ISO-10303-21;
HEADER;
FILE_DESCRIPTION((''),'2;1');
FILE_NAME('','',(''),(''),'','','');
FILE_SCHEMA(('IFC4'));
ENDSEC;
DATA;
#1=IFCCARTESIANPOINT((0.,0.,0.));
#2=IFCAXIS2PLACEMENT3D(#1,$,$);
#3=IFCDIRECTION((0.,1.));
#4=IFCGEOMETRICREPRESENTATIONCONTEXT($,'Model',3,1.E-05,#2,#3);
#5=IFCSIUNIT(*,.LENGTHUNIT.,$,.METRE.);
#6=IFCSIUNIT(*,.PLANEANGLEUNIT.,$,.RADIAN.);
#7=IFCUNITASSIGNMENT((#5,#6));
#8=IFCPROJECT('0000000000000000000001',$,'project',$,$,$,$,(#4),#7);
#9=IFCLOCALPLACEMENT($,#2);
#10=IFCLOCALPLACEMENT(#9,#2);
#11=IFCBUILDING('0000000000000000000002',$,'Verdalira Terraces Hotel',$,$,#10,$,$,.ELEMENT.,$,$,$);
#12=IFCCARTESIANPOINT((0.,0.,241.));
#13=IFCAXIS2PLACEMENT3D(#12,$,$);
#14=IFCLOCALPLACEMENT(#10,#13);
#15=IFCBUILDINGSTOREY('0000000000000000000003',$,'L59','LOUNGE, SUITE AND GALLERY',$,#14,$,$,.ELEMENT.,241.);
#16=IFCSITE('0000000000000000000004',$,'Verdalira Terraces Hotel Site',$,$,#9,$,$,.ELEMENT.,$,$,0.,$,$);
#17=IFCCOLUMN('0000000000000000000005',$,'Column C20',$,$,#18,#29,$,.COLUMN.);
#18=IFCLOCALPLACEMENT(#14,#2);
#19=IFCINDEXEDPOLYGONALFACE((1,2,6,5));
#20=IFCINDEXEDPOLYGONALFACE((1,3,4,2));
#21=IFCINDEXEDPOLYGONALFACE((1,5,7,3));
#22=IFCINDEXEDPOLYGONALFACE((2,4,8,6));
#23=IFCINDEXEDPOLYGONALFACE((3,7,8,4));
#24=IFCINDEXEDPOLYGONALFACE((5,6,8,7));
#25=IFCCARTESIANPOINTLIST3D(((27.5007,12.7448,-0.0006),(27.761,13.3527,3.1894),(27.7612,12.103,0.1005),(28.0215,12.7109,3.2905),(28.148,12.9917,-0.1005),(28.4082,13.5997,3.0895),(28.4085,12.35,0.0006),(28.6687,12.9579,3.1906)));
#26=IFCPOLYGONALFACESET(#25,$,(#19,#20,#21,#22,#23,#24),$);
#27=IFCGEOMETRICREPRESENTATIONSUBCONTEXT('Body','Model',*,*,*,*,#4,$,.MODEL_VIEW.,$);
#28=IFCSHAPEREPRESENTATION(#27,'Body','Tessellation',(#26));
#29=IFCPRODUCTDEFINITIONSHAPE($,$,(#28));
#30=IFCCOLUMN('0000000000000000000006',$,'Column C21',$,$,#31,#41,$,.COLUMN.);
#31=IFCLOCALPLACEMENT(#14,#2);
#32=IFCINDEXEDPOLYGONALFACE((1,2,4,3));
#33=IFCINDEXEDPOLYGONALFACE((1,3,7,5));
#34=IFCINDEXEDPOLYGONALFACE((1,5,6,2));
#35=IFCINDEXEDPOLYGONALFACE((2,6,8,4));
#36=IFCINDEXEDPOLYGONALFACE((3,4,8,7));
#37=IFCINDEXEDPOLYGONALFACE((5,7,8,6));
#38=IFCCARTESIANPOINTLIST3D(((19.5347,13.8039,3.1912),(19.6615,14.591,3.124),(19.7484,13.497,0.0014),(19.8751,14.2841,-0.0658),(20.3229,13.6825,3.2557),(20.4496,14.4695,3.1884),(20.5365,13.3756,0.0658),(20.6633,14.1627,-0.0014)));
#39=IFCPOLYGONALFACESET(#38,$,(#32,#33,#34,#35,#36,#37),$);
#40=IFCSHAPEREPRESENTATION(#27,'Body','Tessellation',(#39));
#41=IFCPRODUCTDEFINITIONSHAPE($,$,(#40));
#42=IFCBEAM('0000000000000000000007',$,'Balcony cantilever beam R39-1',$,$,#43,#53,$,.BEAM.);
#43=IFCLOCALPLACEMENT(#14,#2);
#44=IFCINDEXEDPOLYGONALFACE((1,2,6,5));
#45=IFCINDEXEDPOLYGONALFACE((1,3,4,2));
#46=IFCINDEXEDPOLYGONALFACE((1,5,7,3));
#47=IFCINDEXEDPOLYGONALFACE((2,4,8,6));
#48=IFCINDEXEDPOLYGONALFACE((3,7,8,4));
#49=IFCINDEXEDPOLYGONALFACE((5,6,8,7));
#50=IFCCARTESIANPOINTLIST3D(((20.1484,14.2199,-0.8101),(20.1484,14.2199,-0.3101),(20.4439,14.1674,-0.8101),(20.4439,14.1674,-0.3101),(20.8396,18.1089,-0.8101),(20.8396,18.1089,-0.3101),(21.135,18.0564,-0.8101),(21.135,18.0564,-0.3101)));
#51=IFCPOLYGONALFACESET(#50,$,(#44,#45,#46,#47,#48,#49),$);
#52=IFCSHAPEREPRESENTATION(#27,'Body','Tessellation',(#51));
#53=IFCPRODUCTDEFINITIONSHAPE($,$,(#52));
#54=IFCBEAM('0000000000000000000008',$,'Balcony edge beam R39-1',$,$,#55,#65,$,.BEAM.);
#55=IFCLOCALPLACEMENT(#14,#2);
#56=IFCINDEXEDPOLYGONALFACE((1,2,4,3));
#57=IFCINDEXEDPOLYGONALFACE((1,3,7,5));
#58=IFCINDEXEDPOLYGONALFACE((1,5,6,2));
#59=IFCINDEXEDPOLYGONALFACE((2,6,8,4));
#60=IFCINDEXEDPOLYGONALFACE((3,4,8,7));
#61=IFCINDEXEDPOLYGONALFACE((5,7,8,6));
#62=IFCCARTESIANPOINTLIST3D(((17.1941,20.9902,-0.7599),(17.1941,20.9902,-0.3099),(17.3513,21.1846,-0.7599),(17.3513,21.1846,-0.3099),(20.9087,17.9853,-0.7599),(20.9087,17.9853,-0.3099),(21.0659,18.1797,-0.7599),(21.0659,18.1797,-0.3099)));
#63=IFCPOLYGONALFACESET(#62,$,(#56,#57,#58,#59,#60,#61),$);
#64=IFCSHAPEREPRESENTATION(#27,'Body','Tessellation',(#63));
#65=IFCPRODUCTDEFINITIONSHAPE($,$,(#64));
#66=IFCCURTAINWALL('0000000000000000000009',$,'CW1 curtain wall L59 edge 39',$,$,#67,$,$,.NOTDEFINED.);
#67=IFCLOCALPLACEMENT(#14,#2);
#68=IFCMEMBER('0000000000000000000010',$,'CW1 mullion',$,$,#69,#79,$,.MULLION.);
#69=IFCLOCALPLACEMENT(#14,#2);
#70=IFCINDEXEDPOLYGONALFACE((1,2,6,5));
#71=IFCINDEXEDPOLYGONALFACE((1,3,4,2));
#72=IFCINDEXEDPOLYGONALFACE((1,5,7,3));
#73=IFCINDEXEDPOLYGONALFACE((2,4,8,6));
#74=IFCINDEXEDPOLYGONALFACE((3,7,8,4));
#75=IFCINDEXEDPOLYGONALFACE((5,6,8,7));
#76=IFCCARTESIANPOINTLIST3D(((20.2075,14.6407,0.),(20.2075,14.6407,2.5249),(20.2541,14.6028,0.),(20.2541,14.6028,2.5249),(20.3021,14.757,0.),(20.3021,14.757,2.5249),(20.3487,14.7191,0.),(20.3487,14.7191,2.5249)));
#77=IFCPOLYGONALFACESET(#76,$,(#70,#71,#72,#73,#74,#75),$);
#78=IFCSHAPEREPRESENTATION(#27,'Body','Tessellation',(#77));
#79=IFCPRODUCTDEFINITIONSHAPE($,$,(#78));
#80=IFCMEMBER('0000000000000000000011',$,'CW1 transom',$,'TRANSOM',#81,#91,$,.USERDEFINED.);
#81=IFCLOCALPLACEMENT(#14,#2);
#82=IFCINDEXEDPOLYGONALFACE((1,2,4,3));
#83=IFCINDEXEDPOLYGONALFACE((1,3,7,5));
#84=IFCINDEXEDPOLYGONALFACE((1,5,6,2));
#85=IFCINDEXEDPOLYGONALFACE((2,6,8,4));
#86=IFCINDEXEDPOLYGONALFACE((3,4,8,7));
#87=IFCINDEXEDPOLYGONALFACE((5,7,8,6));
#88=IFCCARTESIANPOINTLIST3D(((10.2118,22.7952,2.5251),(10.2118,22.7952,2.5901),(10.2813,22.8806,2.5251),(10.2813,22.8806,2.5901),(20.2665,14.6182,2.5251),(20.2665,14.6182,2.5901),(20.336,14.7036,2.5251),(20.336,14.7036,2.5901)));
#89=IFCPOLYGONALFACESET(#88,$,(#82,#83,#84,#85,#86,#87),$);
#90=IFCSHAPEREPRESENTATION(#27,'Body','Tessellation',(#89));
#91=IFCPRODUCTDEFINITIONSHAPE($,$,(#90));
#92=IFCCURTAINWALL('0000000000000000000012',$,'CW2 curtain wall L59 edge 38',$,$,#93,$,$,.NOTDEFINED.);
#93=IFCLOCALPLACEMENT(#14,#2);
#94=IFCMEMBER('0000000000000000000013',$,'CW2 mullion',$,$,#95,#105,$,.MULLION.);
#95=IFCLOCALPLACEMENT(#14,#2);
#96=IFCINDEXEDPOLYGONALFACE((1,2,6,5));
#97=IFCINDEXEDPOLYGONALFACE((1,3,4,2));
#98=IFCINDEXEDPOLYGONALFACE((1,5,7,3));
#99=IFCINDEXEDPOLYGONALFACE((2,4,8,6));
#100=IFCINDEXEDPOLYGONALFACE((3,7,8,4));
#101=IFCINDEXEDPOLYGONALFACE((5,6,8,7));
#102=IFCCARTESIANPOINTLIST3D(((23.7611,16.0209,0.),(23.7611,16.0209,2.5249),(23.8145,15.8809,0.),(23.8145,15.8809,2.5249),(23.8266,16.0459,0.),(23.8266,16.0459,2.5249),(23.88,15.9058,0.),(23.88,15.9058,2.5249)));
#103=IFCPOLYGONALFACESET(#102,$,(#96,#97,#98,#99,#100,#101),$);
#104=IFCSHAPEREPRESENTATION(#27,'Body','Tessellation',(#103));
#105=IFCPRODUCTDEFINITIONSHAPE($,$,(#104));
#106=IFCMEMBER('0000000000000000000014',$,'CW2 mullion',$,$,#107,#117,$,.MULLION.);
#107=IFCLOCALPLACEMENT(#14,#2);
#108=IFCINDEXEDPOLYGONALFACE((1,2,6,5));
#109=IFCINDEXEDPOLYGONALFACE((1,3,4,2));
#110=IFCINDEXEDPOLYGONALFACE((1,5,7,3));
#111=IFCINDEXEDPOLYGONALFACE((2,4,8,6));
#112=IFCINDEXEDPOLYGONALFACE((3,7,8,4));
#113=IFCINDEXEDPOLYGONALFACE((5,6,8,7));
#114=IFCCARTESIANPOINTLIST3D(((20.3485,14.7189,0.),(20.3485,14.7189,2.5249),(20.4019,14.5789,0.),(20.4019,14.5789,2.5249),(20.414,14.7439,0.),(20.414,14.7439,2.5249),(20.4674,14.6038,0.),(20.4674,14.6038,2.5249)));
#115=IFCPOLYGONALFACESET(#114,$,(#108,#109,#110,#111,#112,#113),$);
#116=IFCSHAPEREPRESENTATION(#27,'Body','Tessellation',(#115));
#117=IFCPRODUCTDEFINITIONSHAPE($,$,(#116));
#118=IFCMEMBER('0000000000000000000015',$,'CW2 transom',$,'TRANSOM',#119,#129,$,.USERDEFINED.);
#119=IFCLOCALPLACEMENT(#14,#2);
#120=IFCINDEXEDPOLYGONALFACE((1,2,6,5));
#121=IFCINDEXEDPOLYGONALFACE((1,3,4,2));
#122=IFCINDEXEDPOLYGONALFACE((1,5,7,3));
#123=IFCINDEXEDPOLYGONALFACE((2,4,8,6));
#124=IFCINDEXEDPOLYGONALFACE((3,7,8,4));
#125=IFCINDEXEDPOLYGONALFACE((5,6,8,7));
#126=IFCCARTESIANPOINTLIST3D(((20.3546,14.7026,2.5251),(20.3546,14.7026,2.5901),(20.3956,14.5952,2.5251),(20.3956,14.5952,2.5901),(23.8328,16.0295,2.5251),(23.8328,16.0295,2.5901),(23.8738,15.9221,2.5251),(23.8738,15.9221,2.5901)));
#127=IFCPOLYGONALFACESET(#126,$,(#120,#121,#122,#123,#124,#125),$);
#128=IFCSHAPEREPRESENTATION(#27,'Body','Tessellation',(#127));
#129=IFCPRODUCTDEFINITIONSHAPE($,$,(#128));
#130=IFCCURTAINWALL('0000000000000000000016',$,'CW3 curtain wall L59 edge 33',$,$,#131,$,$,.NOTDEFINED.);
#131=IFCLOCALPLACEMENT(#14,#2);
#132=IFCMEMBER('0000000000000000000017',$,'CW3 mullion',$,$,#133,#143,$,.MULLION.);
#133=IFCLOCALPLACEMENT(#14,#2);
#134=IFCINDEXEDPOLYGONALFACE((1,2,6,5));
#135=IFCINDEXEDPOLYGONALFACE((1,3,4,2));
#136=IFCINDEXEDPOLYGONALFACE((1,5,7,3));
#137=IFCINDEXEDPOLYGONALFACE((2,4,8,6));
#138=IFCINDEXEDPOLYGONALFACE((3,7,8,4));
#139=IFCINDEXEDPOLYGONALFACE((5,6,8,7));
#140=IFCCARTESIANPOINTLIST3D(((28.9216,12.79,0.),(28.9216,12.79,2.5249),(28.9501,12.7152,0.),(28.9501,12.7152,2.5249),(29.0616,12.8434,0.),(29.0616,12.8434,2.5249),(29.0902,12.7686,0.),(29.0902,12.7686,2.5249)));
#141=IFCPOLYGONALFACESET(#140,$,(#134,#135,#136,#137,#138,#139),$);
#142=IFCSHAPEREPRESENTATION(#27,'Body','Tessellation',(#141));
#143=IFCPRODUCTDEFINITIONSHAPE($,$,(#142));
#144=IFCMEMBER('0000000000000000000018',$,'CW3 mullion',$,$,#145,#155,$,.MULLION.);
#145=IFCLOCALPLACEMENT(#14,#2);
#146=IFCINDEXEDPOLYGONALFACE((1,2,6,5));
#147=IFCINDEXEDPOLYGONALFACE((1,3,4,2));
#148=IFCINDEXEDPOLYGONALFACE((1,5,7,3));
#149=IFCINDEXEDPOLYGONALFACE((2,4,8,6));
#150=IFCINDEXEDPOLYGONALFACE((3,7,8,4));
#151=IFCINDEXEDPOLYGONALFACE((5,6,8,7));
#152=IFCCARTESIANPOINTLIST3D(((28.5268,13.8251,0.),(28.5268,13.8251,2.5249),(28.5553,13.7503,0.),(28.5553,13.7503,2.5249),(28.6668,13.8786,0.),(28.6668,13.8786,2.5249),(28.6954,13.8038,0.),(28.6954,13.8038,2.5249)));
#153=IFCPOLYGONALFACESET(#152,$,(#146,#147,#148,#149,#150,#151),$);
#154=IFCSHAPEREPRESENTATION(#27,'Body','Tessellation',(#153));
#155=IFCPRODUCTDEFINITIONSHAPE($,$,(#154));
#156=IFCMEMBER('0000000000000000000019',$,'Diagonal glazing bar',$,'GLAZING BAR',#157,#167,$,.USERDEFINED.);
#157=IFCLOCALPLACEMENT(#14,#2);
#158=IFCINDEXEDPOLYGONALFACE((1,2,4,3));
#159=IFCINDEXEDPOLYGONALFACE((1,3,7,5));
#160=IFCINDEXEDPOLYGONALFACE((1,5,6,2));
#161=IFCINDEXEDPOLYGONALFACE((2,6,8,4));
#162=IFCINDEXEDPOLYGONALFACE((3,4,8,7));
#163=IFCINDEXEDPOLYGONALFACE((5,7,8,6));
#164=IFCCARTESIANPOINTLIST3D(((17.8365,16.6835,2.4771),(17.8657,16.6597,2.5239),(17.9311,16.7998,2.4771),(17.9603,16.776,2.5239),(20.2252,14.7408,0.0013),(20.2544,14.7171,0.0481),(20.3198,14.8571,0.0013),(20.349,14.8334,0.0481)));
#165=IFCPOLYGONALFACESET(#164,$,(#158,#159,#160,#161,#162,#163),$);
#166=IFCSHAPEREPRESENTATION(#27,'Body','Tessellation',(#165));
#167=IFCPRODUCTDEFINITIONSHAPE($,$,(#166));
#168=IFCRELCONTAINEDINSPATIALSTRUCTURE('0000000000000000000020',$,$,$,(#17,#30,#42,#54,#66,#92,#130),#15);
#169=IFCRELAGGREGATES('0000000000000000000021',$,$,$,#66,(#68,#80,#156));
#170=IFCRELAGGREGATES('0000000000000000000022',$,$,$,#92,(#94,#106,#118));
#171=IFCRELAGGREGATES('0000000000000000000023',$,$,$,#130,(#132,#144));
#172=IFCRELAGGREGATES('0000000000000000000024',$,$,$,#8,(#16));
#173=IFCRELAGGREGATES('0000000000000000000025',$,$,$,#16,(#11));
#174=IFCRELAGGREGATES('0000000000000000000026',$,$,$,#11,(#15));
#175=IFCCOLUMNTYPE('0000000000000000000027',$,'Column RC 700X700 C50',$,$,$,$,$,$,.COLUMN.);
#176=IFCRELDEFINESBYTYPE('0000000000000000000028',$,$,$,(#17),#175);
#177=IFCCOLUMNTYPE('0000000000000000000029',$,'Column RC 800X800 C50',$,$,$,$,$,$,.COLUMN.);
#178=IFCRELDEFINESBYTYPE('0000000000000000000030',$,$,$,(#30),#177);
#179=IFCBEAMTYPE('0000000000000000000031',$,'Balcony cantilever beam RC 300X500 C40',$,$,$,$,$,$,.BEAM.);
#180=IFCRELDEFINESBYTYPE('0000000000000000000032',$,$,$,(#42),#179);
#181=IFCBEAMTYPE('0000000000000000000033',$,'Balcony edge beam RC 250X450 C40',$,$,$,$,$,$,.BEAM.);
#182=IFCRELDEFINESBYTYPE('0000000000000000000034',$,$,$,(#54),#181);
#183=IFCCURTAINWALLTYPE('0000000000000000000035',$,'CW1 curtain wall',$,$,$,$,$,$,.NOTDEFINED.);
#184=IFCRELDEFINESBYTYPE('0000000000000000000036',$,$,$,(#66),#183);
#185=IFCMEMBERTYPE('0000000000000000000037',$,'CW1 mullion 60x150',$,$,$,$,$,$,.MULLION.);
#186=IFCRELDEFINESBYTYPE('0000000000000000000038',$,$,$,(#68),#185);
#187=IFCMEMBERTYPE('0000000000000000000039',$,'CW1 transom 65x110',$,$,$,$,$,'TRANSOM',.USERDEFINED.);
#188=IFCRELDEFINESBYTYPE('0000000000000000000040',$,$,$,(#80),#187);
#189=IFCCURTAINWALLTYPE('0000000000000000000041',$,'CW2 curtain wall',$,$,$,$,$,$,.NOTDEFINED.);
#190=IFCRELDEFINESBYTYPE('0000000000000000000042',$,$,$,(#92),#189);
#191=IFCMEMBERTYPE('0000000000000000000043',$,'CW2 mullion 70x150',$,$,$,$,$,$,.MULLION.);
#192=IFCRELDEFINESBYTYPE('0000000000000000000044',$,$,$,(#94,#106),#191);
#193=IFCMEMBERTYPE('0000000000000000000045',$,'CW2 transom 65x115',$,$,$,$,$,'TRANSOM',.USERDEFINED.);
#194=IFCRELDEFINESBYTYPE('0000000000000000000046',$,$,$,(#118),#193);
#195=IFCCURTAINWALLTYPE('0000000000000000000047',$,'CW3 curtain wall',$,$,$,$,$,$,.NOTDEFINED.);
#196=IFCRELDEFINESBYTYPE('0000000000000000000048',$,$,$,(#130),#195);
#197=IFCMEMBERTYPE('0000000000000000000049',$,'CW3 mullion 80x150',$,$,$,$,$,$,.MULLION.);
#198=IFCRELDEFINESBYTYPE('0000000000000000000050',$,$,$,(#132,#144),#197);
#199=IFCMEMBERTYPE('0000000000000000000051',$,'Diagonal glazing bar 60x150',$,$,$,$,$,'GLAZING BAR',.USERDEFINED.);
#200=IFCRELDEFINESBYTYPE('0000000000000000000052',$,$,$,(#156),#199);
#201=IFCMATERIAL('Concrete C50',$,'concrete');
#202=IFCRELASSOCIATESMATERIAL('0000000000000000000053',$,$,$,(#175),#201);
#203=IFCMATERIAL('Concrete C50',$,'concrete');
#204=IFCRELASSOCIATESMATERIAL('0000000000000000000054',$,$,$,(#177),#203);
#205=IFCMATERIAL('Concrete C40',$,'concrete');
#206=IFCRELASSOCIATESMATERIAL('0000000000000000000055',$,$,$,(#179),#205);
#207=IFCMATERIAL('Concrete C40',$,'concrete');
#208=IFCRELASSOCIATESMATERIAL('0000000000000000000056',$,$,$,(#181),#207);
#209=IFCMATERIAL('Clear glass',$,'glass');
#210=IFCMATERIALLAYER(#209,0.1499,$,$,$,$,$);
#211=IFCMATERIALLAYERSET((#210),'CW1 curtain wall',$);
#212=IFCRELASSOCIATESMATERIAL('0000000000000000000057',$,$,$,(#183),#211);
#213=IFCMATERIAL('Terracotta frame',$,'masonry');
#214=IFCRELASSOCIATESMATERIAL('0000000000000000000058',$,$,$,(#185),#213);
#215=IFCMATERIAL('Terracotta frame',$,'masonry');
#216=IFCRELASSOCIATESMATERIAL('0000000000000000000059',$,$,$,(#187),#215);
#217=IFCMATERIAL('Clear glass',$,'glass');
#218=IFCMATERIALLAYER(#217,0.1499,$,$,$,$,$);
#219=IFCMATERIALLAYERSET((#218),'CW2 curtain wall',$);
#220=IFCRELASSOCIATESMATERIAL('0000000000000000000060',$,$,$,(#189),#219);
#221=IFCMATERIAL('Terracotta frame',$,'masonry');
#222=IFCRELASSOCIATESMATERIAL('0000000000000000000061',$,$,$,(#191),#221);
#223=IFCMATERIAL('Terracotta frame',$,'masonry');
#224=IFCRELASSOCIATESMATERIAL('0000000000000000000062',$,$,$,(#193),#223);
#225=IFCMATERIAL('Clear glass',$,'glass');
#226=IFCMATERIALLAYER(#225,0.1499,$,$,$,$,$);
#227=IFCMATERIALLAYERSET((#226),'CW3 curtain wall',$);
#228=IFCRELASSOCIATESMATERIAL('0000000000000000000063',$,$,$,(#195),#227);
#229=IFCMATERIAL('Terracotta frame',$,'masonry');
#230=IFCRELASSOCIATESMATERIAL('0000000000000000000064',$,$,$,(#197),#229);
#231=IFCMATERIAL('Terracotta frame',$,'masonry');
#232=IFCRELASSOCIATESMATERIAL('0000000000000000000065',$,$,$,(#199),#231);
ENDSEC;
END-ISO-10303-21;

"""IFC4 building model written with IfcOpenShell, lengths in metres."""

from ifc_helpers import new_model, si_unit, direction, frame, origin, origin_2d, place, context, subcontext, project, spatial, rectangle, extrude, material, layer, layer_set, material_profile, profile_set, type_object, element, aggregate, save


model = new_model("IFC4")

# Units and contexts
model_context = context("Model", 3, precision=1e-05, world=origin(), true_north=direction((0.0, 1.0)))
body_context = subcontext(model_context, "Body", "Model", "MODEL_VIEW")
ifc_project = project(units=[si_unit("LENGTHUNIT", "METRE"), si_unit("PLANEANGLEUNIT", "RADIAN")], contexts=[model_context])

# Site, building, storey
site_placement = place(None, origin())
site = spatial("IfcSite", under=ifc_project, at=site_placement, Name="Verdalira Terraces Hotel Site", CompositionType="ELEMENT", RefElevation=0.0)
building_placement = place(site_placement, origin())
building = spatial("IfcBuilding", under=site, at=building_placement, Name="Verdalira Terraces Hotel", CompositionType="ELEMENT")
storey_placement = place(building_placement, frame((0.0, 0.0, 241.0)))
storey = spatial("IfcBuildingStorey", under=building, at=storey_placement, Name="L59", Description="LOUNGE, SUITE AND GALLERY", CompositionType="ELEMENT", Elevation=241.0)

# Columns
ifc_material_1 = material(Name="Concrete C50", Category="concrete")
ifc_material_profile_1 = material_profile(ifc_material_1, rectangle(XDim=0.7, YDim=0.7, at=origin_2d()), Name="RC 700X700")
ifc_profile_set_1 = profile_set([ifc_material_profile_1], Name="Concrete C50")
column_type_1 = type_object("IfcColumnType", Name="Column RC 700X700 C50", PredefinedType="COLUMN", material=ifc_profile_set_1)
column_1_placement = place(storey_placement, frame((27.9546, 12.5474, 0.0), z_axis=(0.079887, 0.186604, 0.979182), x_axis=(-0.372145, 0.916878, -0.144369)))
element("IfcColumn", 1, at=column_1_placement, inside=storey, type_object=column_type_1, Name="Column C20", PredefinedType="COLUMN", context=body_context, shape_type="SweptSolid", body=[
    extrude(rectangle(XDim=0.7, YDim=0.7, at=origin_2d()), origin(), (0.0, 0.0, 1.0), 3.2578),
])
ifc_material_2 = material(Name="Concrete C50", Category="concrete")
ifc_material_profile_2 = material_profile(ifc_material_2, rectangle(XDim=0.8, YDim=0.8, at=origin_2d()), Name="RC 800X800")
ifc_profile_set_2 = profile_set([ifc_material_profile_2], Name="Concrete C50")
column_type_2 = type_object("IfcColumnType", Name="Column RC 800X800 C50", PredefinedType="COLUMN", material=ifc_profile_set_2)
column_2_placement = place(storey_placement, frame((20.2058, 13.8298, 0.0), z_axis=(-0.066512, 0.09555, 0.9932), x_axis=(0.985129, -0.151752, 0.080571)))
element("IfcColumn", 2, at=column_2_placement, inside=storey, type_object=column_type_2, Name="Column C21", PredefinedType="COLUMN", context=body_context, shape_type="SweptSolid", body=[
    extrude(rectangle(XDim=0.8, YDim=0.8, at=origin_2d()), origin(), (0.0, 0.0, 1.0), 3.2117),
])

# Beams
ifc_material_3 = material(Name="Concrete C40", Category="concrete")
ifc_material_profile_3 = material_profile(ifc_material_3, rectangle(XDim=0.3, YDim=0.5, at=origin_2d()), Name="RC 300X500")
ifc_profile_set_3 = profile_set([ifc_material_profile_3], Name="Concrete C40")
beam_type_1 = type_object("IfcBeamType", Name="Balcony cantilever beam RC 300X500 C40", PredefinedType="BEAM", material=ifc_profile_set_3)
beam_1_placement = place(storey_placement, frame((20.2961, 14.1936, -0.5601), z_axis=(0.174984, 0.984571, 0.0), x_axis=(-0.984571, 0.174984, 0.0)))
element("IfcBeam", 3, at=beam_1_placement, inside=storey, type_object=beam_type_1, Name="Balcony cantilever beam R39-1", PredefinedType="BEAM", context=body_context, shape_type="SweptSolid", body=[
    extrude(rectangle(XDim=0.3, YDim=0.5, at=origin_2d()), origin(), (0.0, 0.0, 1.0), 3.95),
])
ifc_material_4 = material(Name="Concrete C40", Category="concrete")
ifc_material_profile_4 = material_profile(ifc_material_4, rectangle(XDim=0.25, YDim=0.45, at=origin_2d()), Name="RC 250X450")
ifc_profile_set_4 = profile_set([ifc_material_profile_4], Name="Concrete C40")
beam_type_2 = type_object("IfcBeamType", Name="Balcony edge beam RC 250X450 C40", PredefinedType="BEAM", material=ifc_profile_set_4)
beam_2_placement = place(storey_placement, frame((20.9873, 18.0825, -0.5349), z_axis=(-0.777467, 0.628923, 0.0), x_axis=(-0.628923, -0.777467, 0.0)))
element("IfcBeam", 4, at=beam_2_placement, inside=storey, type_object=beam_type_2, Name="Balcony edge beam R39-1", PredefinedType="BEAM", context=body_context, shape_type="SweptSolid", body=[
    extrude(rectangle(XDim=0.25, YDim=0.45, at=origin_2d()), origin(), (0.0, 0.0, 1.0), 4.7778),
])

# Curtain walls, members
ifc_material_5 = material(Name="Clear glass", Category="glass")
ifc_layer_1 = layer(ifc_material_5, 0.1499)
ifc_layer_set_1 = layer_set([ifc_layer_1], Name="CW1 curtain wall")
curtain_wall_type_1 = type_object("IfcCurtainWallType", Name="CW1 curtain wall", PredefinedType="NOTDEFINED", material=ifc_layer_set_1)
curtain_wall_1_placement = place(storey_placement, origin())
curtain_wall_1 = element("IfcCurtainWall", 5, at=curtain_wall_1_placement, inside=storey, type_object=curtain_wall_type_1, Name="CW1 curtain wall L59 edge 39", PredefinedType="NOTDEFINED")
ifc_material_6 = material(Name="Terracotta frame", Category="masonry")
ifc_material_profile_5 = material_profile(ifc_material_6, rectangle(XDim=0.0601, YDim=0.1499, at=origin_2d()), Name="MU 60x150")
ifc_profile_set_5 = profile_set([ifc_material_profile_5], Name="Terracotta frame")
member_type_1 = type_object("IfcMemberType", Name="CW1 mullion 60x150", PredefinedType="MULLION", material=ifc_profile_set_5)
member_1_placement = place(storey_placement, frame((20.2781, 14.6799, 0.0), z_axis=(0.0, 0.0, 1.0), x_axis=(-0.775826, 0.630947, 0.0)))
member_1 = element("IfcMember", 6, at=member_1_placement, type_object=member_type_1, Name="CW1 mullion", PredefinedType="MULLION", context=body_context, shape_type="SweptSolid", body=[
    extrude(rectangle(XDim=0.0601, YDim=0.1499, at=origin_2d()), origin(), (0.0, 0.0, 1.0), 2.5249),
])
ifc_material_7 = material(Name="Terracotta frame", Category="masonry")
ifc_material_profile_6 = material_profile(ifc_material_7, rectangle(XDim=0.1101, YDim=0.0649, at=origin_2d()), Name="TR 65x110")
ifc_profile_set_6 = profile_set([ifc_material_profile_6], Name="Terracotta frame")
member_type_2 = type_object("IfcMemberType", Name="CW1 transom 65x110", ElementType="TRANSOM", PredefinedType="USERDEFINED", material=ifc_profile_set_6)
member_2_placement = place(storey_placement, frame((20.3013, 14.6609, 2.5576), z_axis=(-0.775828, 0.630944, 0.0), x_axis=(-0.630944, -0.775828, 0.0)))
member_2 = element("IfcMember", 7, at=member_2_placement, type_object=member_type_2, Name="CW1 transom", ObjectType="TRANSOM", PredefinedType="USERDEFINED", context=body_context, shape_type="SweptSolid", body=[
    extrude(rectangle(XDim=0.1101, YDim=0.0649, at=origin_2d()), origin(), (0.0, 0.0, 1.0), 12.96),
])
ifc_material_8 = material(Name="Clear glass", Category="glass")
ifc_layer_2 = layer(ifc_material_8, 0.1499)
ifc_layer_set_2 = layer_set([ifc_layer_2], Name="CW2 curtain wall")
curtain_wall_type_2 = type_object("IfcCurtainWallType", Name="CW2 curtain wall", PredefinedType="NOTDEFINED", material=ifc_layer_set_2)
curtain_wall_2_placement = place(storey_placement, origin())
curtain_wall_2 = element("IfcCurtainWall", 8, at=curtain_wall_2_placement, inside=storey, type_object=curtain_wall_type_2, Name="CW2 curtain wall L59 edge 38", PredefinedType="NOTDEFINED")
ifc_material_9 = material(Name="Terracotta frame", Category="masonry")
ifc_material_profile_7 = material_profile(ifc_material_9, rectangle(XDim=0.0701, YDim=0.1499, at=origin_2d()), Name="MU 70x150")
ifc_profile_set_7 = profile_set([ifc_material_profile_7], Name="Terracotta frame")
member_type_3 = type_object("IfcMemberType", Name="CW2 mullion 70x150", PredefinedType="MULLION", material=ifc_profile_set_7)
member_3_placement = place(storey_placement, frame((23.8206, 15.9634, 0.0), z_axis=(0.0, 0.0, 1.0), x_axis=(-0.934329, -0.356412, 0.0)))
member_3 = element("IfcMember", 9, at=member_3_placement, type_object=member_type_3, Name="CW2 mullion", PredefinedType="MULLION", context=body_context, shape_type="SweptSolid", body=[
    extrude(rectangle(XDim=0.0701, YDim=0.1499, at=origin_2d()), origin(), (0.0, 0.0, 1.0), 2.5249),
])
member_4_placement = place(storey_placement, frame((20.408, 14.6614, 0.0), z_axis=(0.0, 0.0, 1.0), x_axis=(-0.934329, -0.356412, 0.0)))
member_4 = element("IfcMember", 10, at=member_4_placement, type_object=member_type_3, Name="CW2 mullion", PredefinedType="MULLION", context=body_context, shape_type="SweptSolid", body=[
    extrude(rectangle(XDim=0.0701, YDim=0.1499, at=origin_2d()), origin(), (0.0, 0.0, 1.0), 2.5249),
])
ifc_material_10 = material(Name="Terracotta frame", Category="masonry")
ifc_material_profile_8 = material_profile(ifc_material_10, rectangle(XDim=0.115, YDim=0.0649, at=origin_2d()), Name="TR 65x115")
ifc_profile_set_8 = profile_set([ifc_material_profile_8], Name="Terracotta frame")
member_type_4 = type_object("IfcMemberType", Name="CW2 transom 65x115", ElementType="TRANSOM", PredefinedType="USERDEFINED", material=ifc_profile_set_8)
member_5_placement = place(storey_placement, frame((23.8533, 15.9758, 2.5576), z_axis=(-0.934314, -0.356451, 0.0), x_axis=(0.356451, -0.934314, 0.0)))
member_5 = element("IfcMember", 11, at=member_5_placement, type_object=member_type_4, Name="CW2 transom", ObjectType="TRANSOM", PredefinedType="USERDEFINED", context=body_context, shape_type="SweptSolid", body=[
    extrude(rectangle(XDim=0.115, YDim=0.0649, at=origin_2d()), origin(), (0.0, 0.0, 1.0), 3.7227),
])
ifc_material_11 = material(Name="Clear glass", Category="glass")
ifc_layer_3 = layer(ifc_material_11, 0.1499)
ifc_layer_set_3 = layer_set([ifc_layer_3], Name="CW3 curtain wall")
curtain_wall_type_3 = type_object("IfcCurtainWallType", Name="CW3 curtain wall", PredefinedType="NOTDEFINED", material=ifc_layer_set_3)
curtain_wall_3_placement = place(storey_placement, origin())
curtain_wall_3 = element("IfcCurtainWall", 12, at=curtain_wall_3_placement, inside=storey, type_object=curtain_wall_type_3, Name="CW3 curtain wall L59 edge 33", PredefinedType="NOTDEFINED")
ifc_material_12 = material(Name="Terracotta frame", Category="masonry")
ifc_material_profile_9 = material_profile(ifc_material_12, rectangle(XDim=0.0801, YDim=0.1499, at=origin_2d()), Name="MU 80x150")
ifc_profile_set_9 = profile_set([ifc_material_profile_9], Name="Terracotta frame")
member_type_5 = type_object("IfcMemberType", Name="CW3 mullion 80x150", PredefinedType="MULLION", material=ifc_profile_set_9)
member_6_placement = place(storey_placement, frame((29.0059, 12.7793, 0.0), z_axis=(0.0, 0.0, 1.0), x_axis=(-0.356412, 0.934329, 0.0)))
member_6 = element("IfcMember", 13, at=member_6_placement, type_object=member_type_5, Name="CW3 mullion", PredefinedType="MULLION", context=body_context, shape_type="SweptSolid", body=[
    extrude(rectangle(XDim=0.0801, YDim=0.1499, at=origin_2d()), origin(), (0.0, 0.0, 1.0), 2.5249),
])
member_7_placement = place(storey_placement, frame((28.6111, 13.8145, 0.0), z_axis=(0.0, 0.0, 1.0), x_axis=(-0.356412, 0.934329, 0.0)))
member_7 = element("IfcMember", 14, at=member_7_placement, type_object=member_type_5, Name="CW3 mullion", PredefinedType="MULLION", context=body_context, shape_type="SweptSolid", body=[
    extrude(rectangle(XDim=0.0801, YDim=0.1499, at=origin_2d()), origin(), (0.0, 0.0, 1.0), 2.5249),
])

# Member
ifc_material_13 = material(Name="Terracotta frame", Category="masonry")
ifc_material_profile_10 = material_profile(ifc_material_13, rectangle(XDim=0.1499, YDim=0.0601, at=origin_2d()), Name="GB 60x150")
ifc_profile_set_10 = profile_set([ifc_material_profile_10], Name="Terracotta frame")
member_type_6 = type_object("IfcMemberType", Name="Diagonal glazing bar 60x150", ElementType="GLAZING BAR", PredefinedType="USERDEFINED", material=ifc_profile_set_10)
member_8_placement = place(storey_placement, frame((20.2871, 14.7871, 0.0247), z_axis=(-0.604596, 0.491697, 0.626656), x_axis=(-0.630951, -0.775823, 0.0)))
member_8 = element("IfcMember", 15, at=member_8_placement, type_object=member_type_6, Name="Diagonal glazing bar", ObjectType="GLAZING BAR", PredefinedType="USERDEFINED", context=body_context, shape_type="SweptSolid", body=[
    extrude(rectangle(XDim=0.1499, YDim=0.0601, at=origin_2d()), origin(), (0.0, 0.0, 1.0), 3.9509),
])

aggregate(curtain_wall_1, [member_1, member_2, member_8])
aggregate(curtain_wall_2, [member_3, member_4, member_5])
aggregate(curtain_wall_3, [member_6, member_7])

save(model, "model.ifc")
